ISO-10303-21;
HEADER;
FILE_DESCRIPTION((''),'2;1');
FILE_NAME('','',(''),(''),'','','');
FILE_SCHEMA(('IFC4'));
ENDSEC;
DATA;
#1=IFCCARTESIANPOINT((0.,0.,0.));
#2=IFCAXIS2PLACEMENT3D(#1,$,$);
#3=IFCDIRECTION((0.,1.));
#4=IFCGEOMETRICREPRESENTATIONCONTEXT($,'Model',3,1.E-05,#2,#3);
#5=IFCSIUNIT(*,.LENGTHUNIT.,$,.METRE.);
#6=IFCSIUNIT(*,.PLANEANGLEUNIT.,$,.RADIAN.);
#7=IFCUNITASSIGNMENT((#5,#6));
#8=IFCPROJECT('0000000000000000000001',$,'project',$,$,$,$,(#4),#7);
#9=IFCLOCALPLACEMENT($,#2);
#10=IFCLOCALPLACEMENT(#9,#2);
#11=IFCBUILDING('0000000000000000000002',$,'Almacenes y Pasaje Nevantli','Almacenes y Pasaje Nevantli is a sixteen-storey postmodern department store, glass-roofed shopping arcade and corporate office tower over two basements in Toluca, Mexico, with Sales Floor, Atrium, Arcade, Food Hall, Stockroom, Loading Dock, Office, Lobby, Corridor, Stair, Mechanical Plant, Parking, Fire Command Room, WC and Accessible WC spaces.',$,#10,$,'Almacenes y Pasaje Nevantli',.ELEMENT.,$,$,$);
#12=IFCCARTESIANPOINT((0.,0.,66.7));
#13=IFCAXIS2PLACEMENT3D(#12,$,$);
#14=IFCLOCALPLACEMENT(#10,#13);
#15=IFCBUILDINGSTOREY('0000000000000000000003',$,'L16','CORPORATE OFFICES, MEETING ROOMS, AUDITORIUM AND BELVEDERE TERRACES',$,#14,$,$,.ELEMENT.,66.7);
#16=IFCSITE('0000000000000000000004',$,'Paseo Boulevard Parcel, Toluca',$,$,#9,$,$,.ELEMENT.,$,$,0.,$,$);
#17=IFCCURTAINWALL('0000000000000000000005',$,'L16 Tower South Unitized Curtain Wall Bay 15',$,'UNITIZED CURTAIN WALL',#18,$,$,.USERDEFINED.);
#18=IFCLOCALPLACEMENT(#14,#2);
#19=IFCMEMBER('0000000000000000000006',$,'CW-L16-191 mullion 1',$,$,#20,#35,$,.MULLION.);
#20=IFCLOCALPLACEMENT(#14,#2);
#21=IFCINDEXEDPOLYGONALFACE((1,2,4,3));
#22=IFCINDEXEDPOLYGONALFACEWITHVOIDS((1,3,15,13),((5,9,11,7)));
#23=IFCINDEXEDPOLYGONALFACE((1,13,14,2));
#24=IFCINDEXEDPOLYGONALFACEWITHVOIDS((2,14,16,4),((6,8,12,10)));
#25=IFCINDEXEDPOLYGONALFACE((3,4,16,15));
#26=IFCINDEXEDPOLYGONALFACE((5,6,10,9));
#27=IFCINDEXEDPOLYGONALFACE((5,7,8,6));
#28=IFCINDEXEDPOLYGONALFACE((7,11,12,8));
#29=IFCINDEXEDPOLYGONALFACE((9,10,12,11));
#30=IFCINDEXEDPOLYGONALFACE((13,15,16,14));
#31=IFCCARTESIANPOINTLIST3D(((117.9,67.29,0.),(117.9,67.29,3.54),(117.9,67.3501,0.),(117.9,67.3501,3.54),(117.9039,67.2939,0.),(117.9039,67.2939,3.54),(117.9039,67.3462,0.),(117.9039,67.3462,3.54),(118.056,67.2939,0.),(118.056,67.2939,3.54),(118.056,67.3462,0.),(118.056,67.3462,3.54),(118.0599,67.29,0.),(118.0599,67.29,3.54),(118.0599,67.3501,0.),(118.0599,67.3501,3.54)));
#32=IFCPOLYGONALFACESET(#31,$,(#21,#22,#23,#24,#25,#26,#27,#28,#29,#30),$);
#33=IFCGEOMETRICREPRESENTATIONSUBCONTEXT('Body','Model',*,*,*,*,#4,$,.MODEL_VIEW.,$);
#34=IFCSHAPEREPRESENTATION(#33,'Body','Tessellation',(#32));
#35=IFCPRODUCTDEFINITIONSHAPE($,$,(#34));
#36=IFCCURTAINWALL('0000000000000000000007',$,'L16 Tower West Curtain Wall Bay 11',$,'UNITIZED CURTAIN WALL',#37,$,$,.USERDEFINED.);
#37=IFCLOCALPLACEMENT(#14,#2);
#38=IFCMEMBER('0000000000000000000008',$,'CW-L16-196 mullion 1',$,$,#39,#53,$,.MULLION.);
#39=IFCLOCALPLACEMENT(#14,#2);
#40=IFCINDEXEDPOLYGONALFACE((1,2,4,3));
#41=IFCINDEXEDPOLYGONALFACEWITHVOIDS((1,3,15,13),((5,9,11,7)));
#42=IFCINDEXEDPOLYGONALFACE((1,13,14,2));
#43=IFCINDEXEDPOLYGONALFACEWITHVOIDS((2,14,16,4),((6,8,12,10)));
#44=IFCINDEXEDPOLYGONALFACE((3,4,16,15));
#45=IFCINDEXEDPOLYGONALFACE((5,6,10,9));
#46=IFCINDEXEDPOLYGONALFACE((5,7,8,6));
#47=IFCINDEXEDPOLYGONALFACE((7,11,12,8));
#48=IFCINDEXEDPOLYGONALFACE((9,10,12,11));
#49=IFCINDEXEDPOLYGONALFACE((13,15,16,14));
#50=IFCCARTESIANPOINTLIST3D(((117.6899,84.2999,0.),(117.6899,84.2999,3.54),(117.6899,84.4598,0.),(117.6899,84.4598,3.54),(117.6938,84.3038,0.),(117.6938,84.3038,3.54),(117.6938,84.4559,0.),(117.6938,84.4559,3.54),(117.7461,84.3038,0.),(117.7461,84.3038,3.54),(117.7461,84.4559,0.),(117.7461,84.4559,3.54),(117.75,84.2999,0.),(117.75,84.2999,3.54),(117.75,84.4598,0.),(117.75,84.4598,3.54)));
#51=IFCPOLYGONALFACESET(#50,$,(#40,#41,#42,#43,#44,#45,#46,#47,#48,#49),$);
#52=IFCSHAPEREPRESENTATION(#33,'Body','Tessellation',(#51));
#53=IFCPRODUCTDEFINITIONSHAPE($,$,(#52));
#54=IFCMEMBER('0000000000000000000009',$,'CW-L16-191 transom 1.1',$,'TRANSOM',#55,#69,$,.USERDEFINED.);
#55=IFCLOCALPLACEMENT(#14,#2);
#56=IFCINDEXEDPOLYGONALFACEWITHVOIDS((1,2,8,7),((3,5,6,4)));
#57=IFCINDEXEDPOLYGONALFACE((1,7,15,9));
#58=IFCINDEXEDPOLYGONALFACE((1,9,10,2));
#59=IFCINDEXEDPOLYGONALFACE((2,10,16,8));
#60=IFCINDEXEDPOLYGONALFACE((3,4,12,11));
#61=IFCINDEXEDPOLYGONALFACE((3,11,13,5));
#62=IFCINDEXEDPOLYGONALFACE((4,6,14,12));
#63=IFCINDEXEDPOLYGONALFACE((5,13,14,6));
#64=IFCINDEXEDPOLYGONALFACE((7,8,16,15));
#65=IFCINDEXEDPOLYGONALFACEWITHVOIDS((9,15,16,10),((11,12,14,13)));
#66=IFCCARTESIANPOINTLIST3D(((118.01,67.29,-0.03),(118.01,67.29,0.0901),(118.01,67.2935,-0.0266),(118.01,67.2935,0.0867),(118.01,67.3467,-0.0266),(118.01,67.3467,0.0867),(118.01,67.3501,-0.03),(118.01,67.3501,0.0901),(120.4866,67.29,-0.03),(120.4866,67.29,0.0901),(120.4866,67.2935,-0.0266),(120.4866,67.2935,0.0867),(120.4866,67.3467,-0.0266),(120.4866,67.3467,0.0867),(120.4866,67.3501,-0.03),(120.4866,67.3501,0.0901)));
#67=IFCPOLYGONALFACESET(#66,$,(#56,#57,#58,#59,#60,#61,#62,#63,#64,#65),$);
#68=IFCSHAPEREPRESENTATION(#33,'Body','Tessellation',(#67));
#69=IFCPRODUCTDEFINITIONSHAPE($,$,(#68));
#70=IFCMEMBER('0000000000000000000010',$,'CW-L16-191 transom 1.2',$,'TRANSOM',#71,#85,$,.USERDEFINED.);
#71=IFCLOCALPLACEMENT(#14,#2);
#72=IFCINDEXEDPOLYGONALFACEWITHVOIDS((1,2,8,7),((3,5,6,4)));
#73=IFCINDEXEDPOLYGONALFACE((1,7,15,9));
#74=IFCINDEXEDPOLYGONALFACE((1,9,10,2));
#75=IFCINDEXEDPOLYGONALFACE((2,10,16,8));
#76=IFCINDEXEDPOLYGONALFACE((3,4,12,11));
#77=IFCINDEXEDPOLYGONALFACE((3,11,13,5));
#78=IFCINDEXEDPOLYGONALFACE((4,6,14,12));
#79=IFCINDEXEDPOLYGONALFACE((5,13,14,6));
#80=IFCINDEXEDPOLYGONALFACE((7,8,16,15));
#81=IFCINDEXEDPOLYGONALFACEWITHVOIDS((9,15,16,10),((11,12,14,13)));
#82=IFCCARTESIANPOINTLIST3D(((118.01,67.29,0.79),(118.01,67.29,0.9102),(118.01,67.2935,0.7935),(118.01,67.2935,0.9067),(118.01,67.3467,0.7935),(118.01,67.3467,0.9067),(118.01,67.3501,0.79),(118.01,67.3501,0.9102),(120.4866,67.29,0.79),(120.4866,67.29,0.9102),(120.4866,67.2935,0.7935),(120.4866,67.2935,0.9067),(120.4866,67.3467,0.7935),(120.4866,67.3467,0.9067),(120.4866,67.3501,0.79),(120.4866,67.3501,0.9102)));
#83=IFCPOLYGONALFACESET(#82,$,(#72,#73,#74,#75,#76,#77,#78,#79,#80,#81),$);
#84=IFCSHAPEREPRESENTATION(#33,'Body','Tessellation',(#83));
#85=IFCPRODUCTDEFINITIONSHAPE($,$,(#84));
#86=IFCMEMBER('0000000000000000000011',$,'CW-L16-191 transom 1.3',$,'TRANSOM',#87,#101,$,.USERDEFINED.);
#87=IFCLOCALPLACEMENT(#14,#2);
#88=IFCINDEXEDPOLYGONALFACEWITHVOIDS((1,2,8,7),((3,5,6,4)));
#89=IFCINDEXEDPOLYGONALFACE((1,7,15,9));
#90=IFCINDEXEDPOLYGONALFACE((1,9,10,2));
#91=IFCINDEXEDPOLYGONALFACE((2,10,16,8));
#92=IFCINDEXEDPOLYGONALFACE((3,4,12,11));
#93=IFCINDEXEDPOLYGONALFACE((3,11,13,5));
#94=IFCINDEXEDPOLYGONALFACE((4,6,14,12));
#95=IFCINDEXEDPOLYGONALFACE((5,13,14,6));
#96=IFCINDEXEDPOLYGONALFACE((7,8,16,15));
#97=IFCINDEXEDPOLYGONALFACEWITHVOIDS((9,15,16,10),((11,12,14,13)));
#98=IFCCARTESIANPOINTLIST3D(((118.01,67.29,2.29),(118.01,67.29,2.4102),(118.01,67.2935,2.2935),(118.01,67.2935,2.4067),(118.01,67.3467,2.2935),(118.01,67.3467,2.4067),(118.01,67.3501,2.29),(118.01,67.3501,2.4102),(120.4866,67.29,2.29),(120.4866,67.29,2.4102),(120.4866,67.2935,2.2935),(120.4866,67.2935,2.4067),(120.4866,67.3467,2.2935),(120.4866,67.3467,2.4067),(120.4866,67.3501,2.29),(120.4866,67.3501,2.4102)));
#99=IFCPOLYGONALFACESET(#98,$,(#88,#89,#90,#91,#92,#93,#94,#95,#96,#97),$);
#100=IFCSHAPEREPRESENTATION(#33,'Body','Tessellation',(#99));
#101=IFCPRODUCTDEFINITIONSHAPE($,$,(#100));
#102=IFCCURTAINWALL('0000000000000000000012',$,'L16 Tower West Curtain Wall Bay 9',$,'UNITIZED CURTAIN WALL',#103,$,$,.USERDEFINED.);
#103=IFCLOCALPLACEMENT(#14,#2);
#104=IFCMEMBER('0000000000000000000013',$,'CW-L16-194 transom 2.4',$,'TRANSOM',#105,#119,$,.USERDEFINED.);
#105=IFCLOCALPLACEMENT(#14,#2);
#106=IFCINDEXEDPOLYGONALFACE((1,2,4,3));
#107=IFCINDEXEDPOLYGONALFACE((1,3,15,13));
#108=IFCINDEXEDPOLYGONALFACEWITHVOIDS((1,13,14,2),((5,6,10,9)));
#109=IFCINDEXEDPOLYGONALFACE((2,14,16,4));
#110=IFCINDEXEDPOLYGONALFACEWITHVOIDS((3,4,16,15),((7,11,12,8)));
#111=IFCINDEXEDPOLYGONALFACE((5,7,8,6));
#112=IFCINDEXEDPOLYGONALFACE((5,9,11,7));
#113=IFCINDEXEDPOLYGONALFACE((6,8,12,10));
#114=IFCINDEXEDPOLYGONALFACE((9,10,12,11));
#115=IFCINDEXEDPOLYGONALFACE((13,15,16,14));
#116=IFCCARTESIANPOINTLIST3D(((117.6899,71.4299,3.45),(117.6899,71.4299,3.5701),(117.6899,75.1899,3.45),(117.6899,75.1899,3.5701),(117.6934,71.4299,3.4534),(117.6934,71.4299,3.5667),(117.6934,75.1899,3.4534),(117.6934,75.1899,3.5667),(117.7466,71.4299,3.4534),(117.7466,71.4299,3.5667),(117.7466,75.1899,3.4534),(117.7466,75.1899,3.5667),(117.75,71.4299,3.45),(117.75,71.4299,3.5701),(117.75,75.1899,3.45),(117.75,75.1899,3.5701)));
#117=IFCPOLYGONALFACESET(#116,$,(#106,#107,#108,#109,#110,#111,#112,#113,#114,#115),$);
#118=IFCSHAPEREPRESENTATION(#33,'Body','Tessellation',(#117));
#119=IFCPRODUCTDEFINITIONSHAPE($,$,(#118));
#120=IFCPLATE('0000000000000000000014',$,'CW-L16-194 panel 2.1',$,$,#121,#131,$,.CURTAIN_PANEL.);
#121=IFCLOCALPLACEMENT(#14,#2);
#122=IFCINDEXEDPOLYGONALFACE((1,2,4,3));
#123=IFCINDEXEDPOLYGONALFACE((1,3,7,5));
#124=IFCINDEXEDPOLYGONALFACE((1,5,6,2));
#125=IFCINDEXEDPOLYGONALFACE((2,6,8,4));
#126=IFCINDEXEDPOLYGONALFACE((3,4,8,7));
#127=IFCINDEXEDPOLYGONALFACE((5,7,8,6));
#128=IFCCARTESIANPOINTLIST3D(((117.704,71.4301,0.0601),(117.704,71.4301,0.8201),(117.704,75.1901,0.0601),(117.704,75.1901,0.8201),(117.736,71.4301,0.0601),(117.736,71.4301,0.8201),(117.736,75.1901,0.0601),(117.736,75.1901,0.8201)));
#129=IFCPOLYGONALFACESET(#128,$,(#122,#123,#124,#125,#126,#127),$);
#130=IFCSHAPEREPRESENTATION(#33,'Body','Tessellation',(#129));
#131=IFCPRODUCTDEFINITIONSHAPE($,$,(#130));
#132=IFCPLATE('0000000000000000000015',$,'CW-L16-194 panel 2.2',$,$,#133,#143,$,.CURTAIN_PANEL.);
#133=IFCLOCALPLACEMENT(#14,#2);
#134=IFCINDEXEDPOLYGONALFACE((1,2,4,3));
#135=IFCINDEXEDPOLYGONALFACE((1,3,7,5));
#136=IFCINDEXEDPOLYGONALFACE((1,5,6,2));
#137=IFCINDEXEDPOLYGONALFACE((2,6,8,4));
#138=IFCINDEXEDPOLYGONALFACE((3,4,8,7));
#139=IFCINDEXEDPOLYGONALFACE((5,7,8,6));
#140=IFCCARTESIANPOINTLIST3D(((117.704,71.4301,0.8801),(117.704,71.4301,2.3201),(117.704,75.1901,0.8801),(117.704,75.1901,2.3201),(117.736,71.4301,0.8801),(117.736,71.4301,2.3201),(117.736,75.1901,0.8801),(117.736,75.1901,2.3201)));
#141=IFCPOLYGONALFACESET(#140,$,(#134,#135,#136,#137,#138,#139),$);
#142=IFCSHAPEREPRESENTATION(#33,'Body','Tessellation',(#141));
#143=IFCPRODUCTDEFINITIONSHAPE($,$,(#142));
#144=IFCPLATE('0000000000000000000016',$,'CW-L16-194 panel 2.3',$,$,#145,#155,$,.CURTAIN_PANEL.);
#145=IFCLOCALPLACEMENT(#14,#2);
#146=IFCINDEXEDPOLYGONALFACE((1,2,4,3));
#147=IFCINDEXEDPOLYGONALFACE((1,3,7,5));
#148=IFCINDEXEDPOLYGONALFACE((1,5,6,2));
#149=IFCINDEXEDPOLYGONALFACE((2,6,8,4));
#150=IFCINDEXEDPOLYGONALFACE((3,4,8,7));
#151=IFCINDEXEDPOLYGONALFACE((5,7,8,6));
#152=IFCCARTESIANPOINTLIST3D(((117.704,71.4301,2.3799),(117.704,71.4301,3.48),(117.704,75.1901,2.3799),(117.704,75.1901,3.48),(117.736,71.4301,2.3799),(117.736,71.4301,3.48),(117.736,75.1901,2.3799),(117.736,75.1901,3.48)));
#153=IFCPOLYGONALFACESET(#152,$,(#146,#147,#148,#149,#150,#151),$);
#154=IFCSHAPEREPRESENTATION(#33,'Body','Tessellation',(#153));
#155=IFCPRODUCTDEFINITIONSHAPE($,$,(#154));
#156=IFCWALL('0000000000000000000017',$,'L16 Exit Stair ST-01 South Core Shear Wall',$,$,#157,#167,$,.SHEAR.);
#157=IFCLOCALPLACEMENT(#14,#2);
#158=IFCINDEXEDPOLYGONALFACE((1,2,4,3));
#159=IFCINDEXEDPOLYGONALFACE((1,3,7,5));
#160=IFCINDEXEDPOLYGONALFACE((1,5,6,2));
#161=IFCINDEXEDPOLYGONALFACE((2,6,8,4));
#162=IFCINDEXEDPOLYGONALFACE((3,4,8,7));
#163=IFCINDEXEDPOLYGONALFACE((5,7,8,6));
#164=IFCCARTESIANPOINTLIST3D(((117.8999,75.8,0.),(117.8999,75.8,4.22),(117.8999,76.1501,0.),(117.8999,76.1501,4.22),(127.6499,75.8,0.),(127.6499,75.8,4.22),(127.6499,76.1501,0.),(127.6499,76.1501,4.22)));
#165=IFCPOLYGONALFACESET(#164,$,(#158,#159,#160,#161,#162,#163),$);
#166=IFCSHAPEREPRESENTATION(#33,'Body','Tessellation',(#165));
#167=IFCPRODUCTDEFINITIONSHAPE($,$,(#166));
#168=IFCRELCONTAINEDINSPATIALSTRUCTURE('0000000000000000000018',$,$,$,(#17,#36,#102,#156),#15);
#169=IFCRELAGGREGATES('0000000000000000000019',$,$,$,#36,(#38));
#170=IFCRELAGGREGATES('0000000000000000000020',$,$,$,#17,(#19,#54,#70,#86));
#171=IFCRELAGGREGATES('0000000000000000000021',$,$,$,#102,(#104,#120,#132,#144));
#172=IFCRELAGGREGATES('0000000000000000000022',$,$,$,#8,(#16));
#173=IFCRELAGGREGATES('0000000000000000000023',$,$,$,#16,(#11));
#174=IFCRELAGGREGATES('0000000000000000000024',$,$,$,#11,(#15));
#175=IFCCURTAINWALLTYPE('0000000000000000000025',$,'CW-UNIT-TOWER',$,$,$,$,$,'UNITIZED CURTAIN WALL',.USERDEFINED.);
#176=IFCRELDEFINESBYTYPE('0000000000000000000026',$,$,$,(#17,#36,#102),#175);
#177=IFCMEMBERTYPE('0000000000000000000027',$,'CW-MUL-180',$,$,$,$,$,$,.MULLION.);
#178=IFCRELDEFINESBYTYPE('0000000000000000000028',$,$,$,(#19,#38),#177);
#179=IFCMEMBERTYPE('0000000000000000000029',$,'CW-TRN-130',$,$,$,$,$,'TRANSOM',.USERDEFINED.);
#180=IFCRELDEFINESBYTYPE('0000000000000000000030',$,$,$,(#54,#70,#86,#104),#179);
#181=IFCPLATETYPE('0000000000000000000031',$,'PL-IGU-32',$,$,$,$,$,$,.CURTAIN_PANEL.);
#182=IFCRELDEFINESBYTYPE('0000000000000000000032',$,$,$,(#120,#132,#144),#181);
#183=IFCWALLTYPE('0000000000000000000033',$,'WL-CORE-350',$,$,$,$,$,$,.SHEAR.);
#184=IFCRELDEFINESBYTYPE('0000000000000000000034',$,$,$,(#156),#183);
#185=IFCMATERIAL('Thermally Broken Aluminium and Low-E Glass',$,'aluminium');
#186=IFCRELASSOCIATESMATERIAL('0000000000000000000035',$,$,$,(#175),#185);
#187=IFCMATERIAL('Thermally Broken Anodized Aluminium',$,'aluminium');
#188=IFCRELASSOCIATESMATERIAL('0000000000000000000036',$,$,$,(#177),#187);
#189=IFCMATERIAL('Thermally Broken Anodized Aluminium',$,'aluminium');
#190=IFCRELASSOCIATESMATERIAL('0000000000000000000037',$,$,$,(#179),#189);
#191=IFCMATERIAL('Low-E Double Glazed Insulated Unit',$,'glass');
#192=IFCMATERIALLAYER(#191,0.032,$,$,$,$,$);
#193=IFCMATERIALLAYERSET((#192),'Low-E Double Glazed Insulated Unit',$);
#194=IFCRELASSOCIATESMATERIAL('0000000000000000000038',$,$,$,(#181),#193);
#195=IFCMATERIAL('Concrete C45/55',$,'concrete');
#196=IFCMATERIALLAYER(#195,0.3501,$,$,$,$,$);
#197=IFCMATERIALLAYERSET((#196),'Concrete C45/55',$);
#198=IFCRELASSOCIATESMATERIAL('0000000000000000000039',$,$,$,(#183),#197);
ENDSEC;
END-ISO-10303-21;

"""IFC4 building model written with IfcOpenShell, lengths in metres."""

from ifc_helpers import new_model, si_unit, direction, frame, frame_2d, origin, origin_2d, place, context, subcontext, project, spatial, rectangle, hollow_rectangle, extrude, material, layer, layer_set, material_profile, profile_set, type_object, element, aggregate, save


model = new_model("IFC4")

# Units and contexts
model_context = context("Model", 3, precision=1e-05, world=origin(), true_north=direction((0.0, 1.0)))
body_context = subcontext(model_context, "Body", "Model", "MODEL_VIEW")
ifc_project = project(units=[si_unit("LENGTHUNIT", "METRE"), si_unit("PLANEANGLEUNIT", "RADIAN")], contexts=[model_context])

# Site, building, storey
site_placement = place(None, origin())
site = spatial("IfcSite", under=ifc_project, at=site_placement, Name="Paseo Boulevard Parcel, Toluca", CompositionType="ELEMENT", RefElevation=0.0)
building_placement = place(site_placement, origin())
building = spatial("IfcBuilding", under=site, at=building_placement, Name="Almacenes y Pasaje Nevantli", Description="Almacenes y Pasaje Nevantli is a sixteen-storey postmodern department store, glass-roofed shopping arcade and corporate office tower over two basements in Toluca, Mexico, with Sales Floor, Atrium, Arcade, Food Hall, Stockroom, Loading Dock, Office, Lobby, Corridor, Stair, Mechanical Plant, Parking, Fire Command Room, WC and Accessible WC spaces.", LongName="Almacenes y Pasaje Nevantli", CompositionType="ELEMENT")
storey_placement = place(building_placement, frame((0.0, 0.0, 66.7)))
storey = spatial("IfcBuildingStorey", under=building, at=storey_placement, Name="L16", Description="CORPORATE OFFICES, MEETING ROOMS, AUDITORIUM AND BELVEDERE TERRACES", CompositionType="ELEMENT", Elevation=66.7)

# Curtain walls, members
ifc_material_1 = material(Name="Thermally Broken Aluminium and Low-E Glass", Category="aluminium")
curtain_wall_type = type_object("IfcCurtainWallType", Name="CW-UNIT-TOWER", ElementType="UNITIZED CURTAIN WALL", PredefinedType="USERDEFINED", material=ifc_material_1)
curtain_wall_1_placement = place(storey_placement, origin())
curtain_wall_1 = element("IfcCurtainWall", 1, at=curtain_wall_1_placement, inside=storey, type_object=curtain_wall_type, Name="L16 Tower South Unitized Curtain Wall Bay 15", ObjectType="UNITIZED CURTAIN WALL", PredefinedType="USERDEFINED")
ifc_material_2 = material(Name="Thermally Broken Anodized Aluminium", Category="aluminium")
ifc_material_profile_1 = material_profile(ifc_material_2, hollow_rectangle(XDim=0.0601, YDim=0.1599, WallThickness=0.0039, at=origin_2d()), Name="ALU-MUL-60x160")
ifc_profile_set_1 = profile_set([ifc_material_profile_1], Name="Thermally Broken Anodized Aluminium")
member_type_1 = type_object("IfcMemberType", Name="CW-MUL-180", PredefinedType="MULLION", material=ifc_profile_set_1)
member_1_placement = place(storey_placement, frame((117.98, 67.3201, 0.0), z_axis=(0.0, 0.0, 1.0), x_axis=(0.0, 1.0, 0.0)))
member_1 = element("IfcMember", 2, at=member_1_placement, type_object=member_type_1, Name="CW-L16-191 mullion 1", PredefinedType="MULLION", context=body_context, shape_type="SweptSolid", body=[
    extrude(hollow_rectangle(XDim=0.0601, YDim=0.1599, WallThickness=0.0039, at=origin_2d()), origin(), (0.0, 0.0, 1.0), 3.54),
])
curtain_wall_2_placement = place(storey_placement, origin())
curtain_wall_2 = element("IfcCurtainWall", 3, at=curtain_wall_2_placement, inside=storey, type_object=curtain_wall_type, Name="L16 Tower West Curtain Wall Bay 11", ObjectType="UNITIZED CURTAIN WALL", PredefinedType="USERDEFINED")
member_2_placement = place(storey_placement, frame((117.72, 84.3799, 0.0), z_axis=(0.0, 0.0, 1.0), x_axis=(-1.0, 0.0, 0.0)))
member_2 = element("IfcMember", 4, at=member_2_placement, type_object=member_type_1, Name="CW-L16-196 mullion 1", PredefinedType="MULLION", context=body_context, shape_type="SweptSolid", body=[
    extrude(hollow_rectangle(XDim=0.0601, YDim=0.1599, WallThickness=0.0039, at=origin_2d()), origin(), (0.0, 0.0, 1.0), 3.54),
])
aggregate(curtain_wall_2, [member_2])

# Members
ifc_material_3 = material(Name="Thermally Broken Anodized Aluminium", Category="aluminium")
ifc_material_profile_2 = material_profile(ifc_material_3, hollow_rectangle(XDim=0.0601, YDim=0.1201, WallThickness=0.0034, at=origin_2d()), Name="ALU-TRN-60x120")
ifc_profile_set_2 = profile_set([ifc_material_profile_2], Name="Thermally Broken Anodized Aluminium")
member_type_2 = type_object("IfcMemberType", Name="CW-TRN-130", ElementType="TRANSOM", PredefinedType="USERDEFINED", material=ifc_profile_set_2)
member_3_placement = place(storey_placement, frame((118.01, 67.3201, 0.03), z_axis=(1.0, 0.0, 0.0), x_axis=(0.0, 1.0, 0.0)))
member_3 = element("IfcMember", 5, at=member_3_placement, type_object=member_type_2, Name="CW-L16-191 transom 1.1", ObjectType="TRANSOM", PredefinedType="USERDEFINED", context=body_context, shape_type="SweptSolid", body=[
    extrude(hollow_rectangle(XDim=0.0601, YDim=0.1201, WallThickness=0.0034, at=origin_2d()), origin(), (0.0, 0.0, 1.0), 2.4766),
])
member_4_placement = place(storey_placement, frame((118.01, 67.3201, 0.8501), z_axis=(1.0, 0.0, 0.0), x_axis=(0.0, 1.0, 0.0)))
member_4 = element("IfcMember", 6, at=member_4_placement, type_object=member_type_2, Name="CW-L16-191 transom 1.2", ObjectType="TRANSOM", PredefinedType="USERDEFINED", context=body_context, shape_type="SweptSolid", body=[
    extrude(hollow_rectangle(XDim=0.0601, YDim=0.1201, WallThickness=0.0034, at=origin_2d()), origin(), (0.0, 0.0, 1.0), 2.4766),
])
member_5_placement = place(storey_placement, frame((118.01, 67.3201, 2.3501), z_axis=(1.0, 0.0, 0.0), x_axis=(0.0, 1.0, 0.0)))
member_5 = element("IfcMember", 7, at=member_5_placement, type_object=member_type_2, Name="CW-L16-191 transom 1.3", ObjectType="TRANSOM", PredefinedType="USERDEFINED", context=body_context, shape_type="SweptSolid", body=[
    extrude(hollow_rectangle(XDim=0.0601, YDim=0.1201, WallThickness=0.0034, at=origin_2d()), origin(), (0.0, 0.0, 1.0), 2.4766),
])
aggregate(curtain_wall_1, [member_1, member_3, member_4, member_5])

# Curtain wall, member, plates
curtain_wall_3_placement = place(storey_placement, origin())
curtain_wall_3 = element("IfcCurtainWall", 8, at=curtain_wall_3_placement, inside=storey, type_object=curtain_wall_type, Name="L16 Tower West Curtain Wall Bay 9", ObjectType="UNITIZED CURTAIN WALL", PredefinedType="USERDEFINED")
member_6_placement = place(storey_placement, frame((117.72, 71.4299, 3.51), z_axis=(0.0, 1.0, 0.0), x_axis=(-1.0, 0.0, 0.0)))
member_6 = element("IfcMember", 9, at=member_6_placement, type_object=member_type_2, Name="CW-L16-194 transom 2.4", ObjectType="TRANSOM", PredefinedType="USERDEFINED", context=body_context, shape_type="SweptSolid", body=[
    extrude(hollow_rectangle(XDim=0.0601, YDim=0.1201, WallThickness=0.0034, at=origin_2d()), origin(), (0.0, 0.0, 1.0), 3.76),
])
ifc_material_4 = material(Name="Low-E Double Glazed Insulated Unit", Category="glass")
ifc_layer_1 = layer(ifc_material_4, 0.032)
ifc_layer_set_1 = layer_set([ifc_layer_1], Name="Low-E Double Glazed Insulated Unit")
plate_type = type_object("IfcPlateType", Name="PL-IGU-32", PredefinedType="CURTAIN_PANEL", material=ifc_layer_set_1)
plate_1_placement = place(storey_placement, frame((117.72, 73.3101, 0.0601), z_axis=(0.0, 0.0, 1.0), x_axis=(0.0, 1.0, 0.0)))
plate_1 = element("IfcPlate", 10, at=plate_1_placement, type_object=plate_type, Name="CW-L16-194 panel 2.1", PredefinedType="CURTAIN_PANEL", context=body_context, shape_type="SweptSolid", body=[
    extrude(rectangle(XDim=3.76, YDim=0.032, at=origin_2d()), origin(), (0.0, 0.0, 1.0), 0.76),
])
plate_2_placement = place(storey_placement, frame((117.72, 73.3101, 0.8801), z_axis=(0.0, 0.0, 1.0), x_axis=(0.0, 1.0, 0.0)))
plate_2 = element("IfcPlate", 11, at=plate_2_placement, type_object=plate_type, Name="CW-L16-194 panel 2.2", PredefinedType="CURTAIN_PANEL", context=body_context, shape_type="SweptSolid", body=[
    extrude(rectangle(XDim=3.76, YDim=0.032, at=origin_2d()), origin(), (0.0, 0.0, 1.0), 1.4399),
])
plate_3_placement = place(storey_placement, frame((117.72, 73.3101, 2.3799), z_axis=(0.0, 0.0, 1.0), x_axis=(0.0, 1.0, 0.0)))
plate_3 = element("IfcPlate", 12, at=plate_3_placement, type_object=plate_type, Name="CW-L16-194 panel 2.3", PredefinedType="CURTAIN_PANEL", context=body_context, shape_type="SweptSolid", body=[
    extrude(rectangle(XDim=3.76, YDim=0.032, at=origin_2d()), origin(), (0.0, 0.0, 1.0), 1.1001),
])
aggregate(curtain_wall_3, [member_6, plate_1, plate_2, plate_3])

# Wall
ifc_material_5 = material(Name="Concrete C45/55", Category="concrete")
ifc_layer_2 = layer(ifc_material_5, 0.3501)
ifc_layer_set_2 = layer_set([ifc_layer_2], Name="Concrete C45/55")
wall_type_1 = type_object("IfcWallType", Name="WL-CORE-350", PredefinedType="SHEAR", material=ifc_layer_set_2)
wall_1_placement = place(storey_placement, frame((117.8999, 75.9751, 0.0), z_axis=(0.0, 0.0, 1.0), x_axis=(1.0, 0.0, 0.0)))
element("IfcWall", 13, at=wall_1_placement, inside=storey, type_object=wall_type_1, Name="L16 Exit Stair ST-01 South Core Shear Wall", PredefinedType="SHEAR", context=body_context, shape_type="SweptSolid", body=[
    extrude(rectangle(XDim=9.75, YDim=0.3501, at=frame_2d((4.875, 0.0))), origin(), (0.0, 0.0, 1.0), 4.22),
])

save(model, "model.ifc")
